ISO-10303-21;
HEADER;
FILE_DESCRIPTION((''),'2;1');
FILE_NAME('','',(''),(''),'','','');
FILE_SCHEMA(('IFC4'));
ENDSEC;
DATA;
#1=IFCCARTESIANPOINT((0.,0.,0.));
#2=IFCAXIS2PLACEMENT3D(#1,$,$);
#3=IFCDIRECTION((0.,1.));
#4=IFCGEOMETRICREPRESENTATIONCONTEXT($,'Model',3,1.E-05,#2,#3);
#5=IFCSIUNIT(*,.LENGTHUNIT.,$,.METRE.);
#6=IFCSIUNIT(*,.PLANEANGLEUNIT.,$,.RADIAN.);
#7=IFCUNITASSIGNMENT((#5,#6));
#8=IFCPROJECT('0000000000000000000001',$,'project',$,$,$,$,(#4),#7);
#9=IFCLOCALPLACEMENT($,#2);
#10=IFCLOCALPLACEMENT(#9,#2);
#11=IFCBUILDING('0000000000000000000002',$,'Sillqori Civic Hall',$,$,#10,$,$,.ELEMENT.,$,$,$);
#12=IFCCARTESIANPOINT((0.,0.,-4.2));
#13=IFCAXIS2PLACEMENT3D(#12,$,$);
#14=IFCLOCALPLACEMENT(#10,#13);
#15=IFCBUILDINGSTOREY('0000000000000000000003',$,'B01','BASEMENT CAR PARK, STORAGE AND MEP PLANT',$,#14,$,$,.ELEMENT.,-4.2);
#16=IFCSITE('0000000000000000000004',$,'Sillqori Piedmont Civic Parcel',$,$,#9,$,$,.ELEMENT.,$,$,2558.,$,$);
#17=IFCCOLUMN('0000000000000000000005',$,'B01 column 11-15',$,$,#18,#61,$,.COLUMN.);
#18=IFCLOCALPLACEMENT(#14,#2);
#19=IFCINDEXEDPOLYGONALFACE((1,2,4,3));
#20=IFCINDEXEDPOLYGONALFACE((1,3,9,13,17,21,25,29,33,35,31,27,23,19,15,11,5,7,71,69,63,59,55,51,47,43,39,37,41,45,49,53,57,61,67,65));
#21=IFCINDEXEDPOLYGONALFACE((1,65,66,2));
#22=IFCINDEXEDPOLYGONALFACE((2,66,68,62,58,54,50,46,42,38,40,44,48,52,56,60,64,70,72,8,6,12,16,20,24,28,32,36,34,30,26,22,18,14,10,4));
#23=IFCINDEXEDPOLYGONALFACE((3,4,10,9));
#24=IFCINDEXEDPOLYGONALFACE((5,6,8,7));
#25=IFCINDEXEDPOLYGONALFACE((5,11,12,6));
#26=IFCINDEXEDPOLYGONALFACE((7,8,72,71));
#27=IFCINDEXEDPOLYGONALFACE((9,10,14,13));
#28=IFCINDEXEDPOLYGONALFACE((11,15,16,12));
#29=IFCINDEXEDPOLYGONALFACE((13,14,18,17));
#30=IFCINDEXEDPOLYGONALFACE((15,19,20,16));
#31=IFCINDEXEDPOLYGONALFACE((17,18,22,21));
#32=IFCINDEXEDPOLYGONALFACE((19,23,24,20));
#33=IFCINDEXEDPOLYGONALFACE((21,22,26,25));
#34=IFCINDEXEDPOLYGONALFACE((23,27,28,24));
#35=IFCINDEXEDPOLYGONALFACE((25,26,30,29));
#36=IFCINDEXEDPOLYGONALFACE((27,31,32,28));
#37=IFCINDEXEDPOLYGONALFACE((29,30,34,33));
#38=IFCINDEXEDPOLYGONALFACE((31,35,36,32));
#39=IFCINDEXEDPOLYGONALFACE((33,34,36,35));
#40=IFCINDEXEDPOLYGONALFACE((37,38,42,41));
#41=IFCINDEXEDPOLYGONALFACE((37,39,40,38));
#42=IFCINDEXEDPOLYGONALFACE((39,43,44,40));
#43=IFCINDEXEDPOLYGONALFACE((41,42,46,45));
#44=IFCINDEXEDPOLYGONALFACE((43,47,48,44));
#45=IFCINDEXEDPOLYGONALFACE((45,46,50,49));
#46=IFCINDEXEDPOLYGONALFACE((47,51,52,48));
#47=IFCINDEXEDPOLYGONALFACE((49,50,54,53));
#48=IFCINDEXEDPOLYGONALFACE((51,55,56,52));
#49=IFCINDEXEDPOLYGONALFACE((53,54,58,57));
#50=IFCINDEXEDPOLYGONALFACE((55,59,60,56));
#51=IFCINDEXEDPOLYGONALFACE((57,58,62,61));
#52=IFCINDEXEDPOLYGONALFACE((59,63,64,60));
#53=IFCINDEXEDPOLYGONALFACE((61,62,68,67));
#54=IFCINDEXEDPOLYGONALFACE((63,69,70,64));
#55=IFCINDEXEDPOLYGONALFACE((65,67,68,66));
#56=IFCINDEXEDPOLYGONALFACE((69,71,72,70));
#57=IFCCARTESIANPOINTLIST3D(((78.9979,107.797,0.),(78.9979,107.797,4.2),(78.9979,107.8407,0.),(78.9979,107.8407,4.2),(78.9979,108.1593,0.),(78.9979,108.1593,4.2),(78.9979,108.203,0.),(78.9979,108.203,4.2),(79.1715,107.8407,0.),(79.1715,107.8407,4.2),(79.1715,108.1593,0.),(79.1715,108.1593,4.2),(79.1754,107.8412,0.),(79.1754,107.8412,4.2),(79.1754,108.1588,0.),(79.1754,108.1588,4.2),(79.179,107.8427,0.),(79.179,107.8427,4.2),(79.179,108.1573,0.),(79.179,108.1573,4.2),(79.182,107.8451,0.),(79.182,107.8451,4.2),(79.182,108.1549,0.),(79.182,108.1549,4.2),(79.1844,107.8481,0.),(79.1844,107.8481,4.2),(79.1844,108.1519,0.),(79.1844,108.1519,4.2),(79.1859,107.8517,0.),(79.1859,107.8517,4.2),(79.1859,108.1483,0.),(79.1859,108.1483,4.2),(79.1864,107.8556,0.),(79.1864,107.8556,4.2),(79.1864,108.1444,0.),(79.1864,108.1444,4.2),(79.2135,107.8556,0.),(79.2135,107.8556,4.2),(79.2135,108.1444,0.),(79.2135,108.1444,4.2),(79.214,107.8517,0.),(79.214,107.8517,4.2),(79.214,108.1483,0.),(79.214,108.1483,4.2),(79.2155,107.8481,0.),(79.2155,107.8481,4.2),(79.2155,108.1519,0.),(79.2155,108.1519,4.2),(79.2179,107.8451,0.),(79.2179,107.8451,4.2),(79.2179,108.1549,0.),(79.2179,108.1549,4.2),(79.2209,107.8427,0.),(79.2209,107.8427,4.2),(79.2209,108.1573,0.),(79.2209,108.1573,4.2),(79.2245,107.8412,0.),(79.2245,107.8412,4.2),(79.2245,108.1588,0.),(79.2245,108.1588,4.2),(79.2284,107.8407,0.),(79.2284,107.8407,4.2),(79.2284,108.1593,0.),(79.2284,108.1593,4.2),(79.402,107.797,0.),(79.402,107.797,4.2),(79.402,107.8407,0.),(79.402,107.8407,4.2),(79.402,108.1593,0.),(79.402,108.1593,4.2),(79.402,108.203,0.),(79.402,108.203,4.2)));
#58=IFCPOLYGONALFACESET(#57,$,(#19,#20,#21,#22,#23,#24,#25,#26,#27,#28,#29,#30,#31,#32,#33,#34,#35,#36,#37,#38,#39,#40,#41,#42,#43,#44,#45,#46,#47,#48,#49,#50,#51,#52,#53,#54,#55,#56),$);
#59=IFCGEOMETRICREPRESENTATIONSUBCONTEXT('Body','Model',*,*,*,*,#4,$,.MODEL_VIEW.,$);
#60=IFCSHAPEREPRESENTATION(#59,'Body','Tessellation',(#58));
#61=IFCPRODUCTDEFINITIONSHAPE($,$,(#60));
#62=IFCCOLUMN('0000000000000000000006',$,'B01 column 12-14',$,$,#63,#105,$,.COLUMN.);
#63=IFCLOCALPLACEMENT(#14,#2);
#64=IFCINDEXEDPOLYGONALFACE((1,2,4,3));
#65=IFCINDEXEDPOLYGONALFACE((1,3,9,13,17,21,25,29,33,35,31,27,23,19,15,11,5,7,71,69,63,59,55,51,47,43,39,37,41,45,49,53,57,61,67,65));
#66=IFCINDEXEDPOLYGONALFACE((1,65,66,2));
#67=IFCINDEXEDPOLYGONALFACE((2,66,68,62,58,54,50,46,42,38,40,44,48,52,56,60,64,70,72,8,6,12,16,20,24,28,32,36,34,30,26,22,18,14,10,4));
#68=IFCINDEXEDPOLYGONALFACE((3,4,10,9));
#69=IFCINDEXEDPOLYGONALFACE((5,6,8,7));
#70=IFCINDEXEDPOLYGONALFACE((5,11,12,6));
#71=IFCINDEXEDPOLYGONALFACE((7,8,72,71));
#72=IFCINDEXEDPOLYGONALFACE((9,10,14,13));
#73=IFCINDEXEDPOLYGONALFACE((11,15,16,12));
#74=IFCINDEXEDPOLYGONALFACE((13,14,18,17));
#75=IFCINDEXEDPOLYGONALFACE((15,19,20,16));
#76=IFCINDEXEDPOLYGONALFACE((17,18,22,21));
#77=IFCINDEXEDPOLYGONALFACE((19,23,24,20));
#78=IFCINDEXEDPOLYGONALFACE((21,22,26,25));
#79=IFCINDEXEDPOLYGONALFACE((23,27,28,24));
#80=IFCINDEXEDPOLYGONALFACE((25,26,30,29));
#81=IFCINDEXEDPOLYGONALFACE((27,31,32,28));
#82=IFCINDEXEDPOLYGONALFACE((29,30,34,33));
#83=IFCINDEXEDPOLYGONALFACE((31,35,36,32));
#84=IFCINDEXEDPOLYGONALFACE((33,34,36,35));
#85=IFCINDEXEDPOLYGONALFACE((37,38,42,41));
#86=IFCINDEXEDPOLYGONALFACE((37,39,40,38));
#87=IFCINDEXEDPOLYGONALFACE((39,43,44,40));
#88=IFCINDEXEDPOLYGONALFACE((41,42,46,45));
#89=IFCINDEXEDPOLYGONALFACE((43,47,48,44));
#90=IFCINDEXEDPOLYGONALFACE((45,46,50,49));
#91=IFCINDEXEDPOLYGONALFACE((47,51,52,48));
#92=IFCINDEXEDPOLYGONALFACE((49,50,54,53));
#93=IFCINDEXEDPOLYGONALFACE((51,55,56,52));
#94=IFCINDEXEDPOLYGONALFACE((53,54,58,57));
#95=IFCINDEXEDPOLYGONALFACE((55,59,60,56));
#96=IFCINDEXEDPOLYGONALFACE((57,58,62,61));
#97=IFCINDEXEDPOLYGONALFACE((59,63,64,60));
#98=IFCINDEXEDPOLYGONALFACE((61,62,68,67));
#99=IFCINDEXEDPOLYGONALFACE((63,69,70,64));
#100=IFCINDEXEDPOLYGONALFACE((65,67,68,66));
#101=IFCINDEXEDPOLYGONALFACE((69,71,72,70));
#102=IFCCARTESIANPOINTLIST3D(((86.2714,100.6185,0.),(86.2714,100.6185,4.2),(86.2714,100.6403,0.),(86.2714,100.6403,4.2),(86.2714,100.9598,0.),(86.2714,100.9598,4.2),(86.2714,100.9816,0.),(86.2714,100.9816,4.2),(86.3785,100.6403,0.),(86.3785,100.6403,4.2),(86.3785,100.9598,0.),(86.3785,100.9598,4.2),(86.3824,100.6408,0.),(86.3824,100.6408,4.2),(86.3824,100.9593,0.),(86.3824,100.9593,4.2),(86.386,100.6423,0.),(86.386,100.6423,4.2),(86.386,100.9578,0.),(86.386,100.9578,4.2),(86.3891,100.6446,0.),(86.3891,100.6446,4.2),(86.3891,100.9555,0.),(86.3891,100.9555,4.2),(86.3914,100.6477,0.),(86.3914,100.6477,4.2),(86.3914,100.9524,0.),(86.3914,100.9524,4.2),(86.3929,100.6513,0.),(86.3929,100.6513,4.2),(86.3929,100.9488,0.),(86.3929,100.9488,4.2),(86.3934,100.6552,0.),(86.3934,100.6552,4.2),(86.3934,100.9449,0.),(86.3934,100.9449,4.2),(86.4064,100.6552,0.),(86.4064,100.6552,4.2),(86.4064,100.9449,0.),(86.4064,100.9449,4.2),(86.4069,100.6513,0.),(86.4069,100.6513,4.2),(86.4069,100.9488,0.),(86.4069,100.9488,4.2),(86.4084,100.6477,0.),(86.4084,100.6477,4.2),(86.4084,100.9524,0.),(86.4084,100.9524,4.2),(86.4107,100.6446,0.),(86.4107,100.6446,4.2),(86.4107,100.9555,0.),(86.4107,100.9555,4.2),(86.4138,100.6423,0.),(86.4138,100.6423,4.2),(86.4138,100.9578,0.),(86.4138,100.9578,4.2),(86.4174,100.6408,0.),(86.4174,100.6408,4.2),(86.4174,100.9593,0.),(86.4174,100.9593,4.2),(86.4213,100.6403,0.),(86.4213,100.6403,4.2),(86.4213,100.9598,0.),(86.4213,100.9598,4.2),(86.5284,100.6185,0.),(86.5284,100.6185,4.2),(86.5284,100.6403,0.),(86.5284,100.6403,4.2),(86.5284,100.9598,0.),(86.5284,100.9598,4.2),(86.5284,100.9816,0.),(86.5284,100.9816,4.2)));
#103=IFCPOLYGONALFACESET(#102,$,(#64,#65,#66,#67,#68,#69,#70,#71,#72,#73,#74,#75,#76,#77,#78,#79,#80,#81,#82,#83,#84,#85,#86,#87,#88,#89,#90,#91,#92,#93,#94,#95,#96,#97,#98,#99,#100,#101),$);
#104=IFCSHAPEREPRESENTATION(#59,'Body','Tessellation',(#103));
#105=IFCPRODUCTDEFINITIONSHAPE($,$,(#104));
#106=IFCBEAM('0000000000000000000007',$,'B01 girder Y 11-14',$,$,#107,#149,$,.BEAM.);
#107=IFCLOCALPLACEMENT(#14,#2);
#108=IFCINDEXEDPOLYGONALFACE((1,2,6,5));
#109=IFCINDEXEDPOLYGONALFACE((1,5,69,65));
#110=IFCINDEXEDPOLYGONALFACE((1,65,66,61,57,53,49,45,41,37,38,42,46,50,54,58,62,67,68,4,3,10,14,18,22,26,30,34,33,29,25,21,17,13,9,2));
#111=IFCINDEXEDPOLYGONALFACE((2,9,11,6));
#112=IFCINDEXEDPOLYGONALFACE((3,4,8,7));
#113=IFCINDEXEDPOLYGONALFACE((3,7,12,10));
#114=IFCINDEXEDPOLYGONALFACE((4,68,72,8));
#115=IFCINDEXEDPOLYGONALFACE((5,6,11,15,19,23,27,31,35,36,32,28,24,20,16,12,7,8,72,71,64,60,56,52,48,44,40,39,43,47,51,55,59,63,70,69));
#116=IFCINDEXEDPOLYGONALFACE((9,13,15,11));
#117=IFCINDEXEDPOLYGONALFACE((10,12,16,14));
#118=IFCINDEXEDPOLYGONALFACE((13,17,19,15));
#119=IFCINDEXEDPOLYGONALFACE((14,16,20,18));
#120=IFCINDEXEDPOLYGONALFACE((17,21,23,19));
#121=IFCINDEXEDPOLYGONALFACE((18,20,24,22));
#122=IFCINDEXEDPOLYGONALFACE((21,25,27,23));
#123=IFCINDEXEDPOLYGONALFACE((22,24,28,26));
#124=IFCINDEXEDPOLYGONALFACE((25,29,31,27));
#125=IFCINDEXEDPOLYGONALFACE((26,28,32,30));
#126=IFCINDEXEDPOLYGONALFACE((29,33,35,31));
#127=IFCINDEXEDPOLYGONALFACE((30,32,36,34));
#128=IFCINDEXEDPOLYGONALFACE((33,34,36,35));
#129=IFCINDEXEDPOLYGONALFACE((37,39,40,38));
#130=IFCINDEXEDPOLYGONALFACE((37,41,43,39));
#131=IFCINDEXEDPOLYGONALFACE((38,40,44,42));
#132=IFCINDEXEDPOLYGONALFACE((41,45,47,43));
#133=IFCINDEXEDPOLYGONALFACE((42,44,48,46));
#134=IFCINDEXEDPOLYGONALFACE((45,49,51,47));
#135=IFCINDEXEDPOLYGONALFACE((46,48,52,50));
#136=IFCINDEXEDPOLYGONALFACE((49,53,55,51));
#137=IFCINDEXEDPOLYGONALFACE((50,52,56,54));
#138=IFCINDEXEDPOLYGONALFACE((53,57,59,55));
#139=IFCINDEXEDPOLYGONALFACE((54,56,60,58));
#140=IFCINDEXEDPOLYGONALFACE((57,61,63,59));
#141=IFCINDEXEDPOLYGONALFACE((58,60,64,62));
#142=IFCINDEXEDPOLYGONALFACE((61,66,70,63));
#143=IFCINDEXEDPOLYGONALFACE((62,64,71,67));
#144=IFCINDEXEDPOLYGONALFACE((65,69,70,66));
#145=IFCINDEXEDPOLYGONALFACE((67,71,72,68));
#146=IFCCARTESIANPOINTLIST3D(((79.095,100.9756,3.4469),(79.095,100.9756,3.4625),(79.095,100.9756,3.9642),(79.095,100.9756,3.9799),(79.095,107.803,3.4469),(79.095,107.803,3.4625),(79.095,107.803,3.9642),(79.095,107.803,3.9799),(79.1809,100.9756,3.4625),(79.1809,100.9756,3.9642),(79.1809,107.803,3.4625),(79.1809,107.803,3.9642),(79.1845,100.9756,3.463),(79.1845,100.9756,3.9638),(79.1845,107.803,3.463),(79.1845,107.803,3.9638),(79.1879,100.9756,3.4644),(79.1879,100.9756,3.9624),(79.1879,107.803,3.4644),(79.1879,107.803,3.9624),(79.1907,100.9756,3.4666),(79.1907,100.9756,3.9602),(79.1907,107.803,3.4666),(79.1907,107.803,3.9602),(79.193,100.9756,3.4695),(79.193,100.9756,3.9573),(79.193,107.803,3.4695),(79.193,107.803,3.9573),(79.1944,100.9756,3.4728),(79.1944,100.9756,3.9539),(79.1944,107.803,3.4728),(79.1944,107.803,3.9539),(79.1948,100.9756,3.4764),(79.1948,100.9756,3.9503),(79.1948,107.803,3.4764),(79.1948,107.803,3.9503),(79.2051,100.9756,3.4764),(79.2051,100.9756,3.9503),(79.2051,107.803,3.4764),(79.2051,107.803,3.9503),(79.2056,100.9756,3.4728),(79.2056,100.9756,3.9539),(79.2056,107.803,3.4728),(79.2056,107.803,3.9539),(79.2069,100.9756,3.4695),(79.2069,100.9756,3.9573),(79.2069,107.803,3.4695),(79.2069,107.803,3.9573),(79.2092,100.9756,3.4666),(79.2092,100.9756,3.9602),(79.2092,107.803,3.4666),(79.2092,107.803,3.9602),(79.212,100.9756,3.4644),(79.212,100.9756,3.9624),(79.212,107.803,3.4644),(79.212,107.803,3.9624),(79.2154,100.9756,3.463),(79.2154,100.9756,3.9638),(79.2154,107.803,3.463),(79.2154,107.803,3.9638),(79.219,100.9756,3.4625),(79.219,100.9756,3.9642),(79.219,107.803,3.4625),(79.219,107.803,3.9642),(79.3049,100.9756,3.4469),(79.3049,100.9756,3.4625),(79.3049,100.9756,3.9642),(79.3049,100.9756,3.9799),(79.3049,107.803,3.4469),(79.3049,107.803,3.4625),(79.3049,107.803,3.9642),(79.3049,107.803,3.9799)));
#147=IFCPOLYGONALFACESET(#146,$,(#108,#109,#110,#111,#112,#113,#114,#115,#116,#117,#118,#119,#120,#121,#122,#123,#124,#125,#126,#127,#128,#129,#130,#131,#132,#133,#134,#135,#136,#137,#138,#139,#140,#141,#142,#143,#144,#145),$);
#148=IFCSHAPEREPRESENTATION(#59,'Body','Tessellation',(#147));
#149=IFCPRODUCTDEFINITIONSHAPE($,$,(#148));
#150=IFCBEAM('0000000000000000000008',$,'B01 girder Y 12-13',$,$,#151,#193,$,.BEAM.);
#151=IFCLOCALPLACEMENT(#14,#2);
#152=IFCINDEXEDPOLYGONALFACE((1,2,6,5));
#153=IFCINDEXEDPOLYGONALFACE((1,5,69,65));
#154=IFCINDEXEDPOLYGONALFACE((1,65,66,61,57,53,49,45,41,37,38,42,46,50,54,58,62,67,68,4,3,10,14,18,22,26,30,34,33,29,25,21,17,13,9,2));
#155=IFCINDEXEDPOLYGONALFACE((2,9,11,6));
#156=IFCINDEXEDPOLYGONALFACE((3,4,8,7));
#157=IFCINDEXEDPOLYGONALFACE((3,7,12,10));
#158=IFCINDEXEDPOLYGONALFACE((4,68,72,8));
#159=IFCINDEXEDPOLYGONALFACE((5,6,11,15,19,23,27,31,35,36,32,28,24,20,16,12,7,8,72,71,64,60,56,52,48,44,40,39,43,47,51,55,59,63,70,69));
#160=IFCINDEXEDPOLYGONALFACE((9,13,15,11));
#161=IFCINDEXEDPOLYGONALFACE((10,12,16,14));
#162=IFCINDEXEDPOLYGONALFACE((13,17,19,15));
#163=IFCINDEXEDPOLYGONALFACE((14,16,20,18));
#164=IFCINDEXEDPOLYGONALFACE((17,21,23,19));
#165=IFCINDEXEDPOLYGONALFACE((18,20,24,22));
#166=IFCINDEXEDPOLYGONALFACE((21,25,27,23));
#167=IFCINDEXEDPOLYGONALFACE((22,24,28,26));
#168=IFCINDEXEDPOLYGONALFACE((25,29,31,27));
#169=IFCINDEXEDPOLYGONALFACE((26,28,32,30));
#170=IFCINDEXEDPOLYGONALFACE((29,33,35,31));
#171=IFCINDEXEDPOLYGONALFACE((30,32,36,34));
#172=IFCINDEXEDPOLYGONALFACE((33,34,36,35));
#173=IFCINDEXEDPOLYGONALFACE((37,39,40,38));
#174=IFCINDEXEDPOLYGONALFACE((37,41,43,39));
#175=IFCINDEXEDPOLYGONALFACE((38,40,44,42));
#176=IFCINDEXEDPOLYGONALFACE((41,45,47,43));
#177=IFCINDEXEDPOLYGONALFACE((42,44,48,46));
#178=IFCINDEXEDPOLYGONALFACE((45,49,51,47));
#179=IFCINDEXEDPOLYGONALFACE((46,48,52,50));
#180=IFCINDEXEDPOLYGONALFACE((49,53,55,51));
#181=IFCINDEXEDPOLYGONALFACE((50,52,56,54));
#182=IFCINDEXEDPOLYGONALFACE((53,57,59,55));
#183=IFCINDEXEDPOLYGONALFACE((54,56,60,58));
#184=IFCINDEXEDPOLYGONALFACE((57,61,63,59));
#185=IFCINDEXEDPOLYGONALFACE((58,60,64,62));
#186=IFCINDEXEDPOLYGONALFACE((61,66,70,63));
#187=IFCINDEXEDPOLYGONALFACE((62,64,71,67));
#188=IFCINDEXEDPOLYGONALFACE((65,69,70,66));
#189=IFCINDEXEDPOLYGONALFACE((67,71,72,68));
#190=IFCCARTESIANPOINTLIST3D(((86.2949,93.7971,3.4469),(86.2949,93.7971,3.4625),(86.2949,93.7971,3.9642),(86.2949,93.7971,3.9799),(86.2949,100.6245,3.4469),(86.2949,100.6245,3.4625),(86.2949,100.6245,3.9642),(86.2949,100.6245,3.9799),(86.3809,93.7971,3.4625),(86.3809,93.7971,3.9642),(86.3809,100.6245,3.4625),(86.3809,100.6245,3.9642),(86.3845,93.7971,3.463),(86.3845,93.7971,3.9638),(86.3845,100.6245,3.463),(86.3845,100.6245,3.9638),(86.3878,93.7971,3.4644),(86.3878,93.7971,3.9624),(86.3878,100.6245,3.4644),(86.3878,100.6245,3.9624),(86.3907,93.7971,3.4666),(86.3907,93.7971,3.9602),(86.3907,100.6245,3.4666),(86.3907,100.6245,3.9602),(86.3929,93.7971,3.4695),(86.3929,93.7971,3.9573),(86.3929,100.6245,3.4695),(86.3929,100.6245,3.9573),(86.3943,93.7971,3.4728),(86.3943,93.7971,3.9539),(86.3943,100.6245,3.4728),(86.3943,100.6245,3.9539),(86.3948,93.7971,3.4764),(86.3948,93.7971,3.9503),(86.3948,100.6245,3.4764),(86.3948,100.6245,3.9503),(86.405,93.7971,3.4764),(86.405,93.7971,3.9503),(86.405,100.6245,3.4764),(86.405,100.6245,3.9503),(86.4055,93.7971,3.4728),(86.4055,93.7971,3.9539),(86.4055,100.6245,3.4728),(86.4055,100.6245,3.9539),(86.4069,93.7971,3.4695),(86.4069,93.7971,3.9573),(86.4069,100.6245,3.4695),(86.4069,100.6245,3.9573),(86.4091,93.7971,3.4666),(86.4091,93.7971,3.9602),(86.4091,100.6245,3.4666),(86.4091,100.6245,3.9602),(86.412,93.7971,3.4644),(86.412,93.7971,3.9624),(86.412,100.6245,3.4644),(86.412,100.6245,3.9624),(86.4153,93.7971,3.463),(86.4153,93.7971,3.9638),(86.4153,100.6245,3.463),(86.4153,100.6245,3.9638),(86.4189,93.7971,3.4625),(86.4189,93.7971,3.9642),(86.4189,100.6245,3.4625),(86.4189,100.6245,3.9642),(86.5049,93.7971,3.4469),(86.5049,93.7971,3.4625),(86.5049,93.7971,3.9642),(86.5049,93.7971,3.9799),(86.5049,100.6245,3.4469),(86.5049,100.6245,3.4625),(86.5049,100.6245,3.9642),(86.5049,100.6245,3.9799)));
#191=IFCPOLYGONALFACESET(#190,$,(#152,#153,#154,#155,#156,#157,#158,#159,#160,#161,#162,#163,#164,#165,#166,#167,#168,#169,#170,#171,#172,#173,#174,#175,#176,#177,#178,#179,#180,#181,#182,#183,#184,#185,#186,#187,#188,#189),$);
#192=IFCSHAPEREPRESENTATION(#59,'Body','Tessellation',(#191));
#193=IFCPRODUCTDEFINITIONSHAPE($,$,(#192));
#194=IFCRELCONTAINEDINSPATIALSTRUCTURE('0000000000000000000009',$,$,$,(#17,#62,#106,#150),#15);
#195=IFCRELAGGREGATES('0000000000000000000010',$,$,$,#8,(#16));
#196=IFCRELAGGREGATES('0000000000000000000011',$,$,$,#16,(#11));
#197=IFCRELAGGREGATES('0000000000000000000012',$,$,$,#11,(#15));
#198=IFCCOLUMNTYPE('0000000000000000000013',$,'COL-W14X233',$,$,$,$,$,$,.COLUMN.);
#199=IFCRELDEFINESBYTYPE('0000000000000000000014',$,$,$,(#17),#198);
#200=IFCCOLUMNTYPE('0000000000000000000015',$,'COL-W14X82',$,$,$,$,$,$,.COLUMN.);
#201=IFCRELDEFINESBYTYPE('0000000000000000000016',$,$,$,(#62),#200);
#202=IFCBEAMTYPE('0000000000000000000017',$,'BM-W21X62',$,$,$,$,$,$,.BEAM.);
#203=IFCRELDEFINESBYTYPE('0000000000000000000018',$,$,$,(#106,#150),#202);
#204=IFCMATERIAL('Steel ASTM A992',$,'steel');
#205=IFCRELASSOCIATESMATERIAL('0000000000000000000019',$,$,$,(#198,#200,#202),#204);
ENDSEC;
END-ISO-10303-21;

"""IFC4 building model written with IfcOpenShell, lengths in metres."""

from ifc_helpers import new_model, si_unit, direction, frame, origin, origin_2d, place, context, subcontext, project, spatial, i_section, extrude, material, material_profile, profile_set, type_object, element, save


model = new_model("IFC4")

# Units and contexts
model_context = context("Model", 3, precision=1e-05, world=origin(), true_north=direction((0.0, 1.0)))
body_context = subcontext(model_context, "Body", "Model", "MODEL_VIEW")
ifc_project = project(units=[si_unit("LENGTHUNIT", "METRE"), si_unit("PLANEANGLEUNIT", "RADIAN")], contexts=[model_context])

# Site, building, storey
site_placement = place(None, origin())
site = spatial("IfcSite", under=ifc_project, at=site_placement, Name="Sillqori Piedmont Civic Parcel", CompositionType="ELEMENT", RefElevation=2558.0)
building_placement = place(site_placement, origin())
building = spatial("IfcBuilding", under=site, at=building_placement, Name="Sillqori Civic Hall", CompositionType="ELEMENT")
storey_placement = place(building_placement, frame((0.0, 0.0, -4.2)))
storey = spatial("IfcBuildingStorey", under=building, at=storey_placement, Name="B01", Description="BASEMENT CAR PARK, STORAGE AND MEP PLANT", CompositionType="ELEMENT", Elevation=-4.2)

# Columns
ifc_material_1 = material(Name="Steel ASTM A992", Category="steel")
ifc_material_profile_1 = material_profile(ifc_material_1, i_section(OverallWidth=0.4041, OverallDepth=0.406, WebThickness=0.0271, FlangeThickness=0.0437, FilletRadius=0.0149, at=origin_2d()), Name="W14X233")
ifc_profile_set_1 = profile_set([ifc_material_profile_1], Name="Steel ASTM A992")
column_type_1 = type_object("IfcColumnType", Name="COL-W14X233", PredefinedType="COLUMN", material=ifc_profile_set_1)
column_1_placement = place(storey_placement, frame((79.2, 108.0, 0.0), z_axis=(0.0, 0.0, 1.0), x_axis=(1.0, 0.0, 0.0)))
element("IfcColumn", 1, at=column_1_placement, inside=storey, type_object=column_type_1, Name="B01 column 11-15", PredefinedType="COLUMN", context=body_context, shape_type="SweptSolid", body=[
    extrude(i_section(OverallWidth=0.4041, OverallDepth=0.406, WebThickness=0.0271, FlangeThickness=0.0437, FilletRadius=0.0149, at=origin_2d()), origin(), (0.0, 0.0, 1.0), 4.2),
])
ifc_material_profile_2 = material_profile(ifc_material_1, i_section(OverallWidth=0.2571, OverallDepth=0.363, WebThickness=0.0129, FlangeThickness=0.0217, FilletRadius=0.0149, at=origin_2d()), Name="W14X82")
ifc_profile_set_2 = profile_set([ifc_material_profile_2], Name="Steel ASTM A992")
column_type_2 = type_object("IfcColumnType", Name="COL-W14X82", PredefinedType="COLUMN", material=ifc_profile_set_2)
column_2_placement = place(storey_placement, frame((86.3999, 100.8, 0.0), z_axis=(0.0, 0.0, 1.0), x_axis=(1.0, 0.0, 0.0)))
element("IfcColumn", 2, at=column_2_placement, inside=storey, type_object=column_type_2, Name="B01 column 12-14", PredefinedType="COLUMN", context=body_context, shape_type="SweptSolid", body=[
    extrude(i_section(OverallWidth=0.2571, OverallDepth=0.363, WebThickness=0.0129, FlangeThickness=0.0217, FilletRadius=0.0149, at=origin_2d()), origin(), (0.0, 0.0, 1.0), 4.2),
])

# Beams
ifc_material_profile_3 = material_profile(ifc_material_1, i_section(OverallWidth=0.21, OverallDepth=0.533, WebThickness=0.0103, FlangeThickness=0.0156, FilletRadius=0.0139, at=origin_2d()), Name="W21X62")
ifc_profile_set_3 = profile_set([ifc_material_profile_3], Name="Steel ASTM A992")
beam_type_1 = type_object("IfcBeamType", Name="BM-W21X62", PredefinedType="BEAM", material=ifc_profile_set_3)
for number, where, z_axis, x_axis, name in (
    (3, (79.2, 100.9756, 3.7134), (0.0, 1.0, 0.0), (-1.0, 0.0, 0.0), "B01 girder Y 11-14"),
    (4, (86.3999, 93.7971, 3.7134), (0.0, 1.0, 0.0), (-1.0, 0.0, 0.0), "B01 girder Y 12-13"),
):
    element("IfcBeam", number, at=place(storey_placement, frame(where, z_axis=z_axis, x_axis=x_axis)), inside=storey, type_object=beam_type_1, Name=name, PredefinedType="BEAM", context=body_context, shape_type="SweptSolid", body=[
        extrude(i_section(OverallWidth=0.21, OverallDepth=0.533, WebThickness=0.0103, FlangeThickness=0.0156, FilletRadius=0.0139, at=origin_2d()), origin(), (0.0, 0.0, 1.0), 6.8274),
    ])

save(model, "model.ifc")
